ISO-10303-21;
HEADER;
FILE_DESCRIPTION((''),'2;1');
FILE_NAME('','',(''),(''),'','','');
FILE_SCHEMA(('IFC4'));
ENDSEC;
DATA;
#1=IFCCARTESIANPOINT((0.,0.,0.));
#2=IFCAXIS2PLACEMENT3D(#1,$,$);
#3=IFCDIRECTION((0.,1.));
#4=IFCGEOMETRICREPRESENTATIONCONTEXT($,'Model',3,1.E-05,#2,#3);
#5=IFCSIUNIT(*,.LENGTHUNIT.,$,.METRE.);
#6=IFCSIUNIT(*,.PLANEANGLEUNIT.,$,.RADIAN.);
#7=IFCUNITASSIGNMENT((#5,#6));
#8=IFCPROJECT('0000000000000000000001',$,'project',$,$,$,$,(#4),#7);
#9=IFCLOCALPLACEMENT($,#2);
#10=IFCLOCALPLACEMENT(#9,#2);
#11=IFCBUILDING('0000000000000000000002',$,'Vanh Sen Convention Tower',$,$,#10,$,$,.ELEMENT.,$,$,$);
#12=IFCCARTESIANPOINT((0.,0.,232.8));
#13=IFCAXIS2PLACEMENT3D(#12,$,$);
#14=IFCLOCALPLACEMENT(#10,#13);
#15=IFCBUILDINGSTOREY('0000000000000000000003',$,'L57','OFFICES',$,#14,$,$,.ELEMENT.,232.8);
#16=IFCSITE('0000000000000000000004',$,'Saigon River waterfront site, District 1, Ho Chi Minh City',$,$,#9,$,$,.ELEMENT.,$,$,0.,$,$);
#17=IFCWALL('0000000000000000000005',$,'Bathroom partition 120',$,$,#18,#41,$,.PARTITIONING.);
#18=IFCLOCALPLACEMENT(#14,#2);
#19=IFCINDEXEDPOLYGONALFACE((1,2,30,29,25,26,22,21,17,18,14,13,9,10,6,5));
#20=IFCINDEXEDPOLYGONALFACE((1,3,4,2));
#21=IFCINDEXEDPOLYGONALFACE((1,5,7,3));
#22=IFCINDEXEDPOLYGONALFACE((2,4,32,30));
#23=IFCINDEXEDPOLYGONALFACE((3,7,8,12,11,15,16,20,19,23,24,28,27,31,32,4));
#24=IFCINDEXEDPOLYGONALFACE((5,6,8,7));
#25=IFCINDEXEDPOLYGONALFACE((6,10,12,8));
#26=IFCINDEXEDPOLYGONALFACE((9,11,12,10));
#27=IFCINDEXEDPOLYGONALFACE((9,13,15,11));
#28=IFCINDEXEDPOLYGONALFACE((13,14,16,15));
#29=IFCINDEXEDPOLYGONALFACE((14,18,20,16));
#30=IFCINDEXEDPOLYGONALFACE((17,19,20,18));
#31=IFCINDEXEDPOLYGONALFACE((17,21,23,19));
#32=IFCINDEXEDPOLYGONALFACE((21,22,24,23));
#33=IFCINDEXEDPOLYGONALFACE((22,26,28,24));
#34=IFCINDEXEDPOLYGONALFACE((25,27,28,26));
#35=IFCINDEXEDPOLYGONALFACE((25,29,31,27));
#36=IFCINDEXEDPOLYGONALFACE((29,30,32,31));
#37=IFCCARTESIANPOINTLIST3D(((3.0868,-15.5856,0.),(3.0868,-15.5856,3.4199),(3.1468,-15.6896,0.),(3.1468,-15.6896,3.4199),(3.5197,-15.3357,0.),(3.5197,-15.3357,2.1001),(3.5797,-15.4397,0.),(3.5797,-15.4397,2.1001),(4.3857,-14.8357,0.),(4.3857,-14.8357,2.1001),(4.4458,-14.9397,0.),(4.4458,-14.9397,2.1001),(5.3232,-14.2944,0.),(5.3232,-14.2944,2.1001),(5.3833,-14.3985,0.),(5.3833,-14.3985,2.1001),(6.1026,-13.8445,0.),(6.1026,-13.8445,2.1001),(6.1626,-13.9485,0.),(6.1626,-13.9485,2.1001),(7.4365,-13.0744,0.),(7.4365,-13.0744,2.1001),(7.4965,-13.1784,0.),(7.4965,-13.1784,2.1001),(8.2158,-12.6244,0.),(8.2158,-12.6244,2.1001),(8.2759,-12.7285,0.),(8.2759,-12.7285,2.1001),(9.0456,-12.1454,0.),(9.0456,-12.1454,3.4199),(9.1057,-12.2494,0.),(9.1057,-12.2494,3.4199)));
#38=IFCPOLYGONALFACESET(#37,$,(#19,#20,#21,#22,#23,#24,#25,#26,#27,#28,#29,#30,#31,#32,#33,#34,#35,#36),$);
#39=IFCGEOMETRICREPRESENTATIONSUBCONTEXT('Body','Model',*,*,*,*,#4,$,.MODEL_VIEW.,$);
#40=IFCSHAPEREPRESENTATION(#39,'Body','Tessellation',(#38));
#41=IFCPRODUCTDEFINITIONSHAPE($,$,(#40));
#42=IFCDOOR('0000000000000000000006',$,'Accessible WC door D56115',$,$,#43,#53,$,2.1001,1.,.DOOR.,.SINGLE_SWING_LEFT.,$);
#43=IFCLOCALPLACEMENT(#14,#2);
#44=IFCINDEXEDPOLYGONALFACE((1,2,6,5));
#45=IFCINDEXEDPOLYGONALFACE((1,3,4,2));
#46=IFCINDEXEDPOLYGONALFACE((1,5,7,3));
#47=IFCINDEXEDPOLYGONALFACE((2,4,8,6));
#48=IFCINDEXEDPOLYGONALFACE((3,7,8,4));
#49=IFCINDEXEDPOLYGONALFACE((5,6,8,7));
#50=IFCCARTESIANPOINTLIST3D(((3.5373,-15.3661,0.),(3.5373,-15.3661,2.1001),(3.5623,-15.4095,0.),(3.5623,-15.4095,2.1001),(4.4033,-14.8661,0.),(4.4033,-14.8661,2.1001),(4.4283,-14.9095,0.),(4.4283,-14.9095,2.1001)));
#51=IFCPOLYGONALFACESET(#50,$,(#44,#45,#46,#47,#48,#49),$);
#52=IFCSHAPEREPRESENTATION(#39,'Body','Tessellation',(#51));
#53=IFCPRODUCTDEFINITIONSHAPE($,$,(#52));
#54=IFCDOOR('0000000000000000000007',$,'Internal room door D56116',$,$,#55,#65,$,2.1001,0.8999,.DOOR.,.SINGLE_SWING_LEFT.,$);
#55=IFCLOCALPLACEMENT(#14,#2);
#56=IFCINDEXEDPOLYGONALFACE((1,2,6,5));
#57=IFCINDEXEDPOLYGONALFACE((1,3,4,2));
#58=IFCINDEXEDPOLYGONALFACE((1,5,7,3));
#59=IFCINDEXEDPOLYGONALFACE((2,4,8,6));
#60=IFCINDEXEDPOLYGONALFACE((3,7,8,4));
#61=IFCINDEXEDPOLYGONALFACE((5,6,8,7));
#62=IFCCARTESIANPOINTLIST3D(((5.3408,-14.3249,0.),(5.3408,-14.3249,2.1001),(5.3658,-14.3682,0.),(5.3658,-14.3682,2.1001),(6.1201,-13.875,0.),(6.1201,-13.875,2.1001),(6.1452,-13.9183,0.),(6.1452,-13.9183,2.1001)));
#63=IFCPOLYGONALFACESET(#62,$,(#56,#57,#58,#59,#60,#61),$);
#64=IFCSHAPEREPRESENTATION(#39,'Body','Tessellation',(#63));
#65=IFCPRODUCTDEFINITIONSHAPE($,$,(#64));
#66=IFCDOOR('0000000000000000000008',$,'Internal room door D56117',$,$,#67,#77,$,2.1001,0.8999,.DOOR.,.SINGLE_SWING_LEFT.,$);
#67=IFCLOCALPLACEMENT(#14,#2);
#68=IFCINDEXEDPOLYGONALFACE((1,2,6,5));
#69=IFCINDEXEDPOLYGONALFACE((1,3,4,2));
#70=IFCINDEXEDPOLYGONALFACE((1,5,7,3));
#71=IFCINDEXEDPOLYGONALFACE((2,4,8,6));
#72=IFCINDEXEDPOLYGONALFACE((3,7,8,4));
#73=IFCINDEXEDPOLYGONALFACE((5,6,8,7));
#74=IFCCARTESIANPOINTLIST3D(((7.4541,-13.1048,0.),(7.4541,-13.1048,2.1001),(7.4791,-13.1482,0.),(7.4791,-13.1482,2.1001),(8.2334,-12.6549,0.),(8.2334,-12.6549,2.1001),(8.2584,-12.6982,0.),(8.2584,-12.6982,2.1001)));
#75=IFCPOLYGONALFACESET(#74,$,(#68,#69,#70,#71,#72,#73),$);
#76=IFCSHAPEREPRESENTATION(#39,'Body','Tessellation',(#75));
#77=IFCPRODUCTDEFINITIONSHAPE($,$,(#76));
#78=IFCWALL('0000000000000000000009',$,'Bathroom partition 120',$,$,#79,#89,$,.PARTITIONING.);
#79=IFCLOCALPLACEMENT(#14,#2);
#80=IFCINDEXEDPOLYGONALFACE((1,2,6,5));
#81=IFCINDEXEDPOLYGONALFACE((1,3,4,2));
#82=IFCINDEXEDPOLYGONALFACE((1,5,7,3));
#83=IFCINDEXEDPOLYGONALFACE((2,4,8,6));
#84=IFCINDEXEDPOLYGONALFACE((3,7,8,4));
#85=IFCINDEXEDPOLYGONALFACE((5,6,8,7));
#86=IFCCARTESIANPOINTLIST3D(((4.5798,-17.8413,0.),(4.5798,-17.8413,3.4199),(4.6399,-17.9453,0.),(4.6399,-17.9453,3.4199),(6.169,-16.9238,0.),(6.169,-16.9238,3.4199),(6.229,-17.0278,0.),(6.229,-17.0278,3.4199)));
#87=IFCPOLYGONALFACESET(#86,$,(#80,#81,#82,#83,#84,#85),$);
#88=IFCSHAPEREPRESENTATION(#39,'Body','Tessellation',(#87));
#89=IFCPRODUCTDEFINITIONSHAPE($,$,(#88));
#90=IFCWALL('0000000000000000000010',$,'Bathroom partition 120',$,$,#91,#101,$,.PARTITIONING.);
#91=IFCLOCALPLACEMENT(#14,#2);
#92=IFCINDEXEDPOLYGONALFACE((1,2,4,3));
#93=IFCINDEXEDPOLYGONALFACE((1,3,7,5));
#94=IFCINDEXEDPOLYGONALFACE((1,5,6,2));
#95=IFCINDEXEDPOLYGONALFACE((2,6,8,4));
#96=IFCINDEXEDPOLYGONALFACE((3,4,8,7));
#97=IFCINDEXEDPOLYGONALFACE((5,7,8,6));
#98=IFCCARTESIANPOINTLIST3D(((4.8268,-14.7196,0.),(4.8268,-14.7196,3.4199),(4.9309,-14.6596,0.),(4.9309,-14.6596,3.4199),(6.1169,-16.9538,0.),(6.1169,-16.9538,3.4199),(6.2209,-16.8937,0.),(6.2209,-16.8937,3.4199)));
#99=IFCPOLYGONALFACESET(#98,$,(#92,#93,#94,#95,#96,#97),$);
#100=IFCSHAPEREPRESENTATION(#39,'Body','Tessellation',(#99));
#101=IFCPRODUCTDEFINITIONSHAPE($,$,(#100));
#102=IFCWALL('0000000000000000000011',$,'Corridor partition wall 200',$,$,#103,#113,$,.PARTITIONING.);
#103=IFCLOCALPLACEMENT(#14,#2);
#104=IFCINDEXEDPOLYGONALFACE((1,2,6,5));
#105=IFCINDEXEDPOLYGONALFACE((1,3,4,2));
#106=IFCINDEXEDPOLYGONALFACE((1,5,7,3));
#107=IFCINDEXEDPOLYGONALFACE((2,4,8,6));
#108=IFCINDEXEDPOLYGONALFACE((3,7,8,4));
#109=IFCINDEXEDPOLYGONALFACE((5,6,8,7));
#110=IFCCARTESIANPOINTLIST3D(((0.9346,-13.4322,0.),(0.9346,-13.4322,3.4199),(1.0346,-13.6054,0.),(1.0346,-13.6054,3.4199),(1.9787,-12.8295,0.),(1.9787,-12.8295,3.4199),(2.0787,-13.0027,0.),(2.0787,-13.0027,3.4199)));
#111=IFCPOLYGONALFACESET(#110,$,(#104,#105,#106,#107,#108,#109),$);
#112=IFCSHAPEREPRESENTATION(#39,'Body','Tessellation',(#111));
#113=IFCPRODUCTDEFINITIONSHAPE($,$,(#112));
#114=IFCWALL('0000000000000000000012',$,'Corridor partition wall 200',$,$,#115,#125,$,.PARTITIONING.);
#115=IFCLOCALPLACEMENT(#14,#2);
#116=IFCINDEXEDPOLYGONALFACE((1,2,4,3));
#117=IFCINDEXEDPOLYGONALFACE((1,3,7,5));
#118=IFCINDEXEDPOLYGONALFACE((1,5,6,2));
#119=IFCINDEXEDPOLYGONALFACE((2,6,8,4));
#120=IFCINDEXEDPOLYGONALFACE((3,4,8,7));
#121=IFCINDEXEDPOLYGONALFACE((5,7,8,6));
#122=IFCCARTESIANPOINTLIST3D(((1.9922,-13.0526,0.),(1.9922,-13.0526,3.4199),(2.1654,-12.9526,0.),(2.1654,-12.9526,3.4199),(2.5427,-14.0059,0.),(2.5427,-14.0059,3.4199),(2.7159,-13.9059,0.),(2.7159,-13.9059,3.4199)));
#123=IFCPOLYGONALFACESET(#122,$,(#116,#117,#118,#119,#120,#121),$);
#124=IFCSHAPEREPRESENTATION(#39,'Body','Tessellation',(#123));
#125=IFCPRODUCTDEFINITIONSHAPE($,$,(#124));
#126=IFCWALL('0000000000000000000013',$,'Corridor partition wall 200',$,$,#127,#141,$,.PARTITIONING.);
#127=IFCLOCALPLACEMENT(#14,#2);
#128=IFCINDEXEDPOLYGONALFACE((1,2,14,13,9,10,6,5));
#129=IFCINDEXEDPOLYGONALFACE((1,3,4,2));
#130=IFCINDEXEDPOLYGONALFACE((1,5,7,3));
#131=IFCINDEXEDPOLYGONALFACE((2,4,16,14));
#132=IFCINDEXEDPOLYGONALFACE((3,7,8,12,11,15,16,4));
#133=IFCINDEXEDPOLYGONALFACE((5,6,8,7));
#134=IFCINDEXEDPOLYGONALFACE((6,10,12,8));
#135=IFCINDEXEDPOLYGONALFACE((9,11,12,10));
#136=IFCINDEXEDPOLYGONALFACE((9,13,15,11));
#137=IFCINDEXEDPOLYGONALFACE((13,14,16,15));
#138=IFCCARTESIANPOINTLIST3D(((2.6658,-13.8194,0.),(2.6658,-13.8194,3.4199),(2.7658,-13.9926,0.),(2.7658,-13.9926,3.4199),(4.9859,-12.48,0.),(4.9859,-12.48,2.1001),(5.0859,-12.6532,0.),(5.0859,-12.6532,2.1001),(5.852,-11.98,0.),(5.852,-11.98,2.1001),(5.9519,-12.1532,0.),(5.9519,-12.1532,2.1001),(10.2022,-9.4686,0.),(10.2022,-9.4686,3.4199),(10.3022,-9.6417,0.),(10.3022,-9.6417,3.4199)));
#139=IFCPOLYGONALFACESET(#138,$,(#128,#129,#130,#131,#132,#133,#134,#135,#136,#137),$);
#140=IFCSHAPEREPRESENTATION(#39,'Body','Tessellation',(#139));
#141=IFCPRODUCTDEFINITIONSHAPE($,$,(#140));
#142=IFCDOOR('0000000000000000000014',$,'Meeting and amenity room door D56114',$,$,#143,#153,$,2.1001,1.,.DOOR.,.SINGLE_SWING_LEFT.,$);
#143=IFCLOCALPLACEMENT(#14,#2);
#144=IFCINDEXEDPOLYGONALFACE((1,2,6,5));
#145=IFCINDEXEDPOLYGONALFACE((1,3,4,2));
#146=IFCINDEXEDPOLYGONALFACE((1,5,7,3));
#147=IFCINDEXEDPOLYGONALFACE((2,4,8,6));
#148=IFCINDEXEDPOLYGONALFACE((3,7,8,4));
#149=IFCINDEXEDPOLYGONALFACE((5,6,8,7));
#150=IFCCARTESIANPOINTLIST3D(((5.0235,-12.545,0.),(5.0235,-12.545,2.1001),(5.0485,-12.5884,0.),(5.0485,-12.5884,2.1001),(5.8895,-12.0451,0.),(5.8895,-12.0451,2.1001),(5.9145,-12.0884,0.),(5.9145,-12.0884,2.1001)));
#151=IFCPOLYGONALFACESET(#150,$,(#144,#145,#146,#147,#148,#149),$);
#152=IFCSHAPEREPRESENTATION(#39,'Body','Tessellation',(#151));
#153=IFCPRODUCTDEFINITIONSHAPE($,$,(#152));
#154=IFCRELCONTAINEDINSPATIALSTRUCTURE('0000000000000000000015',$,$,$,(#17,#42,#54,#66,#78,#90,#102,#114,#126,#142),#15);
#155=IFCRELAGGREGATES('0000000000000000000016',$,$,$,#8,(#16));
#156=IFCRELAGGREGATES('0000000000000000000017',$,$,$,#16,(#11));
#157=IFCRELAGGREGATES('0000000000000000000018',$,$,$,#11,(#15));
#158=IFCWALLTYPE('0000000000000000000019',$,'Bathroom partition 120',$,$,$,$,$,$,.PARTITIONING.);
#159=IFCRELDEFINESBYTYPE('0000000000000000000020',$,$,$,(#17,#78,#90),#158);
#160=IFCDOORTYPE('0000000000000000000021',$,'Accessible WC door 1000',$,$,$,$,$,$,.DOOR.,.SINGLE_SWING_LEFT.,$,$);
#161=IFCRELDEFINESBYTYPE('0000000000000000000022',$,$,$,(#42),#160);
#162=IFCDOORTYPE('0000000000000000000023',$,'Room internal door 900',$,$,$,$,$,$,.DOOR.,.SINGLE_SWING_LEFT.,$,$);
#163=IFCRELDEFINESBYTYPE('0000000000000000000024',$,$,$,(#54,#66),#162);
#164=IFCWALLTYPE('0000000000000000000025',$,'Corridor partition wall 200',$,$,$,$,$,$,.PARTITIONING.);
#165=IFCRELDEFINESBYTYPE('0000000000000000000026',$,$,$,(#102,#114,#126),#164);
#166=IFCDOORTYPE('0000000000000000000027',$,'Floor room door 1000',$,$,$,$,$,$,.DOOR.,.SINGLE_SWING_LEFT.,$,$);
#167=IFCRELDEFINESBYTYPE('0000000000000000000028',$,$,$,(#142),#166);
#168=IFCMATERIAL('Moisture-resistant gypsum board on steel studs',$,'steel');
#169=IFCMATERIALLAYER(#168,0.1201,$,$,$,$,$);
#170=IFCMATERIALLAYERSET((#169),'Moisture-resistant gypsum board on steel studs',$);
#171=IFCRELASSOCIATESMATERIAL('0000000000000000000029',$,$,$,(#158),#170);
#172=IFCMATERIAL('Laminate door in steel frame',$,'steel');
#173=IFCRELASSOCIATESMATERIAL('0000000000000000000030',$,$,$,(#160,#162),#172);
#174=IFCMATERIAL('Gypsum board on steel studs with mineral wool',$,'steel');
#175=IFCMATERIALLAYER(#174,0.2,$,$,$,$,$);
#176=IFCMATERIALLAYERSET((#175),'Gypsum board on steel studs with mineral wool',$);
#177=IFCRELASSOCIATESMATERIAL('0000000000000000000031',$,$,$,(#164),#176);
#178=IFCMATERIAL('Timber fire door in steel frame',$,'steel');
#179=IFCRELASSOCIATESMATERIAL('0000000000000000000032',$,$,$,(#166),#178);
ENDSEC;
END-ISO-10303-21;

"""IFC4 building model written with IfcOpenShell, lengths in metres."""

from ifc_helpers import new_model, si_unit, direction, frame, frame_2d, origin, place, context, subcontext, project, spatial, rectangle, extrude, material, layer, layer_set, type_object, element, fill, save


model = new_model("IFC4")

# Units and contexts
model_context = context("Model", 3, precision=1e-05, world=origin(), true_north=direction((0.0, 1.0)))
body_context = subcontext(model_context, "Body", "Model", "MODEL_VIEW")
ifc_project = project(units=[si_unit("LENGTHUNIT", "METRE"), si_unit("PLANEANGLEUNIT", "RADIAN")], contexts=[model_context])

# Site, building, storey
site_placement = place(None, origin())
site = spatial("IfcSite", under=ifc_project, at=site_placement, Name="Saigon River waterfront site, District 1, Ho Chi Minh City", CompositionType="ELEMENT", RefElevation=0.0)
building_placement = place(site_placement, origin())
building = spatial("IfcBuilding", under=site, at=building_placement, Name="Vanh Sen Convention Tower", CompositionType="ELEMENT")
storey_placement = place(building_placement, frame((0.0, 0.0, 232.8)))
storey = spatial("IfcBuildingStorey", under=building, at=storey_placement, Name="L57", Description="OFFICES", CompositionType="ELEMENT", Elevation=232.8)

# Wall, openings, doors
ifc_material_1 = material(Name="Moisture-resistant gypsum board on steel studs", Category="steel")
ifc_layer_1 = layer(ifc_material_1, 0.1201)
ifc_layer_set_1 = layer_set([ifc_layer_1], Name="Moisture-resistant gypsum board on steel studs")
wall_type_1 = type_object("IfcWallType", Name="Bathroom partition 120", PredefinedType="PARTITIONING", material=ifc_layer_set_1)
wall_1_placement = place(storey_placement, frame((3.1167, -15.6377, 0.0), z_axis=(0.0, 0.0, 1.0), x_axis=(0.866031, 0.49999, 0.0)))
wall_1 = element("IfcWall", 1, at=wall_1_placement, inside=storey, type_object=wall_type_1, Name="Bathroom partition 120", PredefinedType="PARTITIONING", context=body_context, shape_type="SweptSolid", body=[
    extrude(rectangle(XDim=6.8806, YDim=0.1201, at=frame_2d((3.4404, 0.0))), origin(), (0.0, 0.0, 1.0), 3.4199),
])
opening_1_placement = place(wall_1_placement, frame((0.5, 0.0, 0.0)))
opening_1 = element("IfcOpeningElement", 2, at=opening_1_placement, cuts=wall_1, PredefinedType="OPENING", context=body_context, shape_type="SweptSolid", body=[
    extrude(rectangle(XDim=1.0, YDim=2.1001, at=frame_2d((0.5, 1.05))), frame((0.0, 0.0701, 0.0), z_axis=(0.0, -1.0, 0.0), x_axis=(1.0, 0.0, 0.0)), (0.0, 0.0, 1.0), 0.1401),
])
opening_2_placement = place(wall_1_placement, frame((2.5825, 0.0, 0.0)))
opening_2 = element("IfcOpeningElement", 3, at=opening_2_placement, cuts=wall_1, PredefinedType="OPENING", context=body_context, shape_type="SweptSolid", body=[
    extrude(rectangle(XDim=0.8999, YDim=2.1001, at=frame_2d((0.45, 1.05))), frame((0.0, 0.0701, 0.0), z_axis=(0.0, -1.0, 0.0), x_axis=(1.0, 0.0, 0.0)), (0.0, 0.0, 1.0), 0.1401),
])
opening_3_placement = place(wall_1_placement, frame((5.0227, 0.0, 0.0)))
opening_3 = element("IfcOpeningElement", 4, at=opening_3_placement, cuts=wall_1, PredefinedType="OPENING", context=body_context, shape_type="SweptSolid", body=[
    extrude(rectangle(XDim=0.8999, YDim=2.1001, at=frame_2d((0.45, 1.05))), frame((0.0, 0.0701, 0.0), z_axis=(0.0, -1.0, 0.0), x_axis=(1.0, 0.0, 0.0)), (0.0, 0.0, 1.0), 0.1401),
])
ifc_material_2 = material(Name="Laminate door in steel frame", Category="steel")
door_type_1 = type_object("IfcDoorType", Name="Accessible WC door 1000", OperationType="SINGLE_SWING_LEFT", PredefinedType="DOOR", material=ifc_material_2)
door_1_placement = place(opening_1_placement, origin())
door_1 = element("IfcDoor", 5, at=door_1_placement, inside=storey, type_object=door_type_1, Name="Accessible WC door D56115", OperationType="SINGLE_SWING_LEFT", OverallHeight=2.1001, OverallWidth=1.0, PredefinedType="DOOR", context=body_context, shape_type="SweptSolid", body=[
    extrude(rectangle(XDim=1.0, YDim=2.1001, at=frame_2d((0.5, 1.05))), frame((0.0, 0.0249, 0.0), z_axis=(0.0, -1.0, 0.0), x_axis=(1.0, 0.0, 0.0)), (0.0, 0.0, 1.0), 0.05),
])
fill(opening_1, door_1)
door_type_2 = type_object("IfcDoorType", Name="Room internal door 900", OperationType="SINGLE_SWING_LEFT", PredefinedType="DOOR", material=ifc_material_2)
door_2_placement = place(opening_2_placement, origin())
door_2 = element("IfcDoor", 6, at=door_2_placement, inside=storey, type_object=door_type_2, Name="Internal room door D56116", OperationType="SINGLE_SWING_LEFT", OverallHeight=2.1001, OverallWidth=0.8999, PredefinedType="DOOR", context=body_context, shape_type="SweptSolid", body=[
    extrude(rectangle(XDim=0.8999, YDim=2.1001, at=frame_2d((0.45, 1.05))), frame((0.0, 0.0249, 0.0), z_axis=(0.0, -1.0, 0.0), x_axis=(1.0, 0.0, 0.0)), (0.0, 0.0, 1.0), 0.05),
])
fill(opening_2, door_2)
door_3_placement = place(opening_3_placement, origin())
door_3 = element("IfcDoor", 7, at=door_3_placement, inside=storey, type_object=door_type_2, Name="Internal room door D56117", OperationType="SINGLE_SWING_LEFT", OverallHeight=2.1001, OverallWidth=0.8999, PredefinedType="DOOR", context=body_context, shape_type="SweptSolid", body=[
    extrude(rectangle(XDim=0.8999, YDim=2.1001, at=frame_2d((0.45, 1.05))), frame((0.0, 0.0249, 0.0), z_axis=(0.0, -1.0, 0.0), x_axis=(1.0, 0.0, 0.0)), (0.0, 0.0, 1.0), 0.05),
])
fill(opening_3, door_3)

# Walls
wall_2_placement = place(storey_placement, frame((4.6099, -17.8933, 0.0), z_axis=(0.0, 0.0, 1.0), x_axis=(0.866024, 0.500003, 0.0)))
element("IfcWall", 8, at=wall_2_placement, inside=storey, type_object=wall_type_1, Name="Bathroom partition 120", PredefinedType="PARTITIONING", context=body_context, shape_type="SweptSolid", body=[
    extrude(rectangle(XDim=1.835, YDim=0.1201, at=frame_2d((0.9175, 0.0))), origin(), (0.0, 0.0, 1.0), 3.4199),
])
wall_3_placement = place(storey_placement, frame((6.1689, -16.9238, 0.0), z_axis=(0.0, 0.0, 1.0), x_axis=(-0.500047, 0.865998, 0.0)))
element("IfcWall", 9, at=wall_3_placement, inside=storey, type_object=wall_type_1, Name="Bathroom partition 120", PredefinedType="PARTITIONING", context=body_context, shape_type="SweptSolid", body=[
    extrude(rectangle(XDim=2.5798, YDim=0.1201, at=frame_2d((1.29, 0.0))), origin(), (0.0, 0.0, 1.0), 3.4199),
])
ifc_material_3 = material(Name="Gypsum board on steel studs with mineral wool", Category="steel")
ifc_layer_2 = layer(ifc_material_3, 0.2)
ifc_layer_set_2 = layer_set([ifc_layer_2], Name="Gypsum board on steel studs with mineral wool")
wall_type_2 = type_object("IfcWallType", Name="Corridor partition wall 200", PredefinedType="PARTITIONING", material=ifc_layer_set_2)
wall_4_placement = place(storey_placement, frame((0.9846, -13.5188, 0.0), z_axis=(0.0, 0.0, 1.0), x_axis=(0.866054, 0.49995, 0.0)))
element("IfcWall", 10, at=wall_4_placement, inside=storey, type_object=wall_type_2, Name="Corridor partition wall 200", PredefinedType="PARTITIONING", context=body_context, shape_type="SweptSolid", body=[
    extrude(rectangle(XDim=1.2056, YDim=0.2, at=frame_2d((0.6028, 0.0))), origin(), (0.0, 0.0, 1.0), 3.4199),
])
wall_5_placement = place(storey_placement, frame((2.0789, -13.0027, 0.0), z_axis=(0.0, 0.0, 1.0), x_axis=(0.500074, -0.865982, 0.0)))
element("IfcWall", 11, at=wall_5_placement, inside=storey, type_object=wall_type_2, Name="Corridor partition wall 200", PredefinedType="PARTITIONING", context=body_context, shape_type="SweptSolid", body=[
    extrude(rectangle(XDim=1.1008, YDim=0.2, at=frame_2d((0.5503, 0.0))), origin(), (0.0, 0.0, 1.0), 3.4199),
])

# Wall, opening, door
wall_6_placement = place(storey_placement, frame((2.7158, -13.906, 0.0), z_axis=(0.0, 0.0, 1.0), x_axis=(0.86604, 0.499974, 0.0)))
wall_6 = element("IfcWall", 12, at=wall_6_placement, inside=storey, type_object=wall_type_2, Name="Corridor partition wall 200", PredefinedType="PARTITIONING", context=body_context, shape_type="SweptSolid", body=[
    extrude(rectangle(XDim=8.7021, YDim=0.2, at=frame_2d((4.3511, 0.0))), origin(), (0.0, 0.0, 1.0), 3.4199),
])
opening_4_placement = place(wall_6_placement, frame((2.679, 0.0, 0.0)))
opening_4 = element("IfcOpeningElement", 13, at=opening_4_placement, cuts=wall_6, PredefinedType="OPENING", context=body_context, shape_type="SweptSolid", body=[
    extrude(rectangle(XDim=1.0, YDim=2.1001, at=frame_2d((0.5, 1.05))), frame((0.0, 0.1099, 0.0), z_axis=(0.0, -1.0, 0.0), x_axis=(1.0, 0.0, 0.0)), (0.0, 0.0, 1.0), 0.22),
])
ifc_material_4 = material(Name="Timber fire door in steel frame", Category="steel")
door_type_3 = type_object("IfcDoorType", Name="Floor room door 1000", OperationType="SINGLE_SWING_LEFT", PredefinedType="DOOR", material=ifc_material_4)
door_4_placement = place(opening_4_placement, origin())
door_4 = element("IfcDoor", 14, at=door_4_placement, inside=storey, type_object=door_type_3, Name="Meeting and amenity room door D56114", OperationType="SINGLE_SWING_LEFT", OverallHeight=2.1001, OverallWidth=1.0, PredefinedType="DOOR", context=body_context, shape_type="SweptSolid", body=[
    extrude(rectangle(XDim=1.0, YDim=2.1001, at=frame_2d((0.5, 1.05))), frame((0.0, 0.0249, 0.0), z_axis=(0.0, -1.0, 0.0), x_axis=(1.0, 0.0, 0.0)), (0.0, 0.0, 1.0), 0.05),
])
fill(opening_4, door_4)

save(model, "model.ifc")
